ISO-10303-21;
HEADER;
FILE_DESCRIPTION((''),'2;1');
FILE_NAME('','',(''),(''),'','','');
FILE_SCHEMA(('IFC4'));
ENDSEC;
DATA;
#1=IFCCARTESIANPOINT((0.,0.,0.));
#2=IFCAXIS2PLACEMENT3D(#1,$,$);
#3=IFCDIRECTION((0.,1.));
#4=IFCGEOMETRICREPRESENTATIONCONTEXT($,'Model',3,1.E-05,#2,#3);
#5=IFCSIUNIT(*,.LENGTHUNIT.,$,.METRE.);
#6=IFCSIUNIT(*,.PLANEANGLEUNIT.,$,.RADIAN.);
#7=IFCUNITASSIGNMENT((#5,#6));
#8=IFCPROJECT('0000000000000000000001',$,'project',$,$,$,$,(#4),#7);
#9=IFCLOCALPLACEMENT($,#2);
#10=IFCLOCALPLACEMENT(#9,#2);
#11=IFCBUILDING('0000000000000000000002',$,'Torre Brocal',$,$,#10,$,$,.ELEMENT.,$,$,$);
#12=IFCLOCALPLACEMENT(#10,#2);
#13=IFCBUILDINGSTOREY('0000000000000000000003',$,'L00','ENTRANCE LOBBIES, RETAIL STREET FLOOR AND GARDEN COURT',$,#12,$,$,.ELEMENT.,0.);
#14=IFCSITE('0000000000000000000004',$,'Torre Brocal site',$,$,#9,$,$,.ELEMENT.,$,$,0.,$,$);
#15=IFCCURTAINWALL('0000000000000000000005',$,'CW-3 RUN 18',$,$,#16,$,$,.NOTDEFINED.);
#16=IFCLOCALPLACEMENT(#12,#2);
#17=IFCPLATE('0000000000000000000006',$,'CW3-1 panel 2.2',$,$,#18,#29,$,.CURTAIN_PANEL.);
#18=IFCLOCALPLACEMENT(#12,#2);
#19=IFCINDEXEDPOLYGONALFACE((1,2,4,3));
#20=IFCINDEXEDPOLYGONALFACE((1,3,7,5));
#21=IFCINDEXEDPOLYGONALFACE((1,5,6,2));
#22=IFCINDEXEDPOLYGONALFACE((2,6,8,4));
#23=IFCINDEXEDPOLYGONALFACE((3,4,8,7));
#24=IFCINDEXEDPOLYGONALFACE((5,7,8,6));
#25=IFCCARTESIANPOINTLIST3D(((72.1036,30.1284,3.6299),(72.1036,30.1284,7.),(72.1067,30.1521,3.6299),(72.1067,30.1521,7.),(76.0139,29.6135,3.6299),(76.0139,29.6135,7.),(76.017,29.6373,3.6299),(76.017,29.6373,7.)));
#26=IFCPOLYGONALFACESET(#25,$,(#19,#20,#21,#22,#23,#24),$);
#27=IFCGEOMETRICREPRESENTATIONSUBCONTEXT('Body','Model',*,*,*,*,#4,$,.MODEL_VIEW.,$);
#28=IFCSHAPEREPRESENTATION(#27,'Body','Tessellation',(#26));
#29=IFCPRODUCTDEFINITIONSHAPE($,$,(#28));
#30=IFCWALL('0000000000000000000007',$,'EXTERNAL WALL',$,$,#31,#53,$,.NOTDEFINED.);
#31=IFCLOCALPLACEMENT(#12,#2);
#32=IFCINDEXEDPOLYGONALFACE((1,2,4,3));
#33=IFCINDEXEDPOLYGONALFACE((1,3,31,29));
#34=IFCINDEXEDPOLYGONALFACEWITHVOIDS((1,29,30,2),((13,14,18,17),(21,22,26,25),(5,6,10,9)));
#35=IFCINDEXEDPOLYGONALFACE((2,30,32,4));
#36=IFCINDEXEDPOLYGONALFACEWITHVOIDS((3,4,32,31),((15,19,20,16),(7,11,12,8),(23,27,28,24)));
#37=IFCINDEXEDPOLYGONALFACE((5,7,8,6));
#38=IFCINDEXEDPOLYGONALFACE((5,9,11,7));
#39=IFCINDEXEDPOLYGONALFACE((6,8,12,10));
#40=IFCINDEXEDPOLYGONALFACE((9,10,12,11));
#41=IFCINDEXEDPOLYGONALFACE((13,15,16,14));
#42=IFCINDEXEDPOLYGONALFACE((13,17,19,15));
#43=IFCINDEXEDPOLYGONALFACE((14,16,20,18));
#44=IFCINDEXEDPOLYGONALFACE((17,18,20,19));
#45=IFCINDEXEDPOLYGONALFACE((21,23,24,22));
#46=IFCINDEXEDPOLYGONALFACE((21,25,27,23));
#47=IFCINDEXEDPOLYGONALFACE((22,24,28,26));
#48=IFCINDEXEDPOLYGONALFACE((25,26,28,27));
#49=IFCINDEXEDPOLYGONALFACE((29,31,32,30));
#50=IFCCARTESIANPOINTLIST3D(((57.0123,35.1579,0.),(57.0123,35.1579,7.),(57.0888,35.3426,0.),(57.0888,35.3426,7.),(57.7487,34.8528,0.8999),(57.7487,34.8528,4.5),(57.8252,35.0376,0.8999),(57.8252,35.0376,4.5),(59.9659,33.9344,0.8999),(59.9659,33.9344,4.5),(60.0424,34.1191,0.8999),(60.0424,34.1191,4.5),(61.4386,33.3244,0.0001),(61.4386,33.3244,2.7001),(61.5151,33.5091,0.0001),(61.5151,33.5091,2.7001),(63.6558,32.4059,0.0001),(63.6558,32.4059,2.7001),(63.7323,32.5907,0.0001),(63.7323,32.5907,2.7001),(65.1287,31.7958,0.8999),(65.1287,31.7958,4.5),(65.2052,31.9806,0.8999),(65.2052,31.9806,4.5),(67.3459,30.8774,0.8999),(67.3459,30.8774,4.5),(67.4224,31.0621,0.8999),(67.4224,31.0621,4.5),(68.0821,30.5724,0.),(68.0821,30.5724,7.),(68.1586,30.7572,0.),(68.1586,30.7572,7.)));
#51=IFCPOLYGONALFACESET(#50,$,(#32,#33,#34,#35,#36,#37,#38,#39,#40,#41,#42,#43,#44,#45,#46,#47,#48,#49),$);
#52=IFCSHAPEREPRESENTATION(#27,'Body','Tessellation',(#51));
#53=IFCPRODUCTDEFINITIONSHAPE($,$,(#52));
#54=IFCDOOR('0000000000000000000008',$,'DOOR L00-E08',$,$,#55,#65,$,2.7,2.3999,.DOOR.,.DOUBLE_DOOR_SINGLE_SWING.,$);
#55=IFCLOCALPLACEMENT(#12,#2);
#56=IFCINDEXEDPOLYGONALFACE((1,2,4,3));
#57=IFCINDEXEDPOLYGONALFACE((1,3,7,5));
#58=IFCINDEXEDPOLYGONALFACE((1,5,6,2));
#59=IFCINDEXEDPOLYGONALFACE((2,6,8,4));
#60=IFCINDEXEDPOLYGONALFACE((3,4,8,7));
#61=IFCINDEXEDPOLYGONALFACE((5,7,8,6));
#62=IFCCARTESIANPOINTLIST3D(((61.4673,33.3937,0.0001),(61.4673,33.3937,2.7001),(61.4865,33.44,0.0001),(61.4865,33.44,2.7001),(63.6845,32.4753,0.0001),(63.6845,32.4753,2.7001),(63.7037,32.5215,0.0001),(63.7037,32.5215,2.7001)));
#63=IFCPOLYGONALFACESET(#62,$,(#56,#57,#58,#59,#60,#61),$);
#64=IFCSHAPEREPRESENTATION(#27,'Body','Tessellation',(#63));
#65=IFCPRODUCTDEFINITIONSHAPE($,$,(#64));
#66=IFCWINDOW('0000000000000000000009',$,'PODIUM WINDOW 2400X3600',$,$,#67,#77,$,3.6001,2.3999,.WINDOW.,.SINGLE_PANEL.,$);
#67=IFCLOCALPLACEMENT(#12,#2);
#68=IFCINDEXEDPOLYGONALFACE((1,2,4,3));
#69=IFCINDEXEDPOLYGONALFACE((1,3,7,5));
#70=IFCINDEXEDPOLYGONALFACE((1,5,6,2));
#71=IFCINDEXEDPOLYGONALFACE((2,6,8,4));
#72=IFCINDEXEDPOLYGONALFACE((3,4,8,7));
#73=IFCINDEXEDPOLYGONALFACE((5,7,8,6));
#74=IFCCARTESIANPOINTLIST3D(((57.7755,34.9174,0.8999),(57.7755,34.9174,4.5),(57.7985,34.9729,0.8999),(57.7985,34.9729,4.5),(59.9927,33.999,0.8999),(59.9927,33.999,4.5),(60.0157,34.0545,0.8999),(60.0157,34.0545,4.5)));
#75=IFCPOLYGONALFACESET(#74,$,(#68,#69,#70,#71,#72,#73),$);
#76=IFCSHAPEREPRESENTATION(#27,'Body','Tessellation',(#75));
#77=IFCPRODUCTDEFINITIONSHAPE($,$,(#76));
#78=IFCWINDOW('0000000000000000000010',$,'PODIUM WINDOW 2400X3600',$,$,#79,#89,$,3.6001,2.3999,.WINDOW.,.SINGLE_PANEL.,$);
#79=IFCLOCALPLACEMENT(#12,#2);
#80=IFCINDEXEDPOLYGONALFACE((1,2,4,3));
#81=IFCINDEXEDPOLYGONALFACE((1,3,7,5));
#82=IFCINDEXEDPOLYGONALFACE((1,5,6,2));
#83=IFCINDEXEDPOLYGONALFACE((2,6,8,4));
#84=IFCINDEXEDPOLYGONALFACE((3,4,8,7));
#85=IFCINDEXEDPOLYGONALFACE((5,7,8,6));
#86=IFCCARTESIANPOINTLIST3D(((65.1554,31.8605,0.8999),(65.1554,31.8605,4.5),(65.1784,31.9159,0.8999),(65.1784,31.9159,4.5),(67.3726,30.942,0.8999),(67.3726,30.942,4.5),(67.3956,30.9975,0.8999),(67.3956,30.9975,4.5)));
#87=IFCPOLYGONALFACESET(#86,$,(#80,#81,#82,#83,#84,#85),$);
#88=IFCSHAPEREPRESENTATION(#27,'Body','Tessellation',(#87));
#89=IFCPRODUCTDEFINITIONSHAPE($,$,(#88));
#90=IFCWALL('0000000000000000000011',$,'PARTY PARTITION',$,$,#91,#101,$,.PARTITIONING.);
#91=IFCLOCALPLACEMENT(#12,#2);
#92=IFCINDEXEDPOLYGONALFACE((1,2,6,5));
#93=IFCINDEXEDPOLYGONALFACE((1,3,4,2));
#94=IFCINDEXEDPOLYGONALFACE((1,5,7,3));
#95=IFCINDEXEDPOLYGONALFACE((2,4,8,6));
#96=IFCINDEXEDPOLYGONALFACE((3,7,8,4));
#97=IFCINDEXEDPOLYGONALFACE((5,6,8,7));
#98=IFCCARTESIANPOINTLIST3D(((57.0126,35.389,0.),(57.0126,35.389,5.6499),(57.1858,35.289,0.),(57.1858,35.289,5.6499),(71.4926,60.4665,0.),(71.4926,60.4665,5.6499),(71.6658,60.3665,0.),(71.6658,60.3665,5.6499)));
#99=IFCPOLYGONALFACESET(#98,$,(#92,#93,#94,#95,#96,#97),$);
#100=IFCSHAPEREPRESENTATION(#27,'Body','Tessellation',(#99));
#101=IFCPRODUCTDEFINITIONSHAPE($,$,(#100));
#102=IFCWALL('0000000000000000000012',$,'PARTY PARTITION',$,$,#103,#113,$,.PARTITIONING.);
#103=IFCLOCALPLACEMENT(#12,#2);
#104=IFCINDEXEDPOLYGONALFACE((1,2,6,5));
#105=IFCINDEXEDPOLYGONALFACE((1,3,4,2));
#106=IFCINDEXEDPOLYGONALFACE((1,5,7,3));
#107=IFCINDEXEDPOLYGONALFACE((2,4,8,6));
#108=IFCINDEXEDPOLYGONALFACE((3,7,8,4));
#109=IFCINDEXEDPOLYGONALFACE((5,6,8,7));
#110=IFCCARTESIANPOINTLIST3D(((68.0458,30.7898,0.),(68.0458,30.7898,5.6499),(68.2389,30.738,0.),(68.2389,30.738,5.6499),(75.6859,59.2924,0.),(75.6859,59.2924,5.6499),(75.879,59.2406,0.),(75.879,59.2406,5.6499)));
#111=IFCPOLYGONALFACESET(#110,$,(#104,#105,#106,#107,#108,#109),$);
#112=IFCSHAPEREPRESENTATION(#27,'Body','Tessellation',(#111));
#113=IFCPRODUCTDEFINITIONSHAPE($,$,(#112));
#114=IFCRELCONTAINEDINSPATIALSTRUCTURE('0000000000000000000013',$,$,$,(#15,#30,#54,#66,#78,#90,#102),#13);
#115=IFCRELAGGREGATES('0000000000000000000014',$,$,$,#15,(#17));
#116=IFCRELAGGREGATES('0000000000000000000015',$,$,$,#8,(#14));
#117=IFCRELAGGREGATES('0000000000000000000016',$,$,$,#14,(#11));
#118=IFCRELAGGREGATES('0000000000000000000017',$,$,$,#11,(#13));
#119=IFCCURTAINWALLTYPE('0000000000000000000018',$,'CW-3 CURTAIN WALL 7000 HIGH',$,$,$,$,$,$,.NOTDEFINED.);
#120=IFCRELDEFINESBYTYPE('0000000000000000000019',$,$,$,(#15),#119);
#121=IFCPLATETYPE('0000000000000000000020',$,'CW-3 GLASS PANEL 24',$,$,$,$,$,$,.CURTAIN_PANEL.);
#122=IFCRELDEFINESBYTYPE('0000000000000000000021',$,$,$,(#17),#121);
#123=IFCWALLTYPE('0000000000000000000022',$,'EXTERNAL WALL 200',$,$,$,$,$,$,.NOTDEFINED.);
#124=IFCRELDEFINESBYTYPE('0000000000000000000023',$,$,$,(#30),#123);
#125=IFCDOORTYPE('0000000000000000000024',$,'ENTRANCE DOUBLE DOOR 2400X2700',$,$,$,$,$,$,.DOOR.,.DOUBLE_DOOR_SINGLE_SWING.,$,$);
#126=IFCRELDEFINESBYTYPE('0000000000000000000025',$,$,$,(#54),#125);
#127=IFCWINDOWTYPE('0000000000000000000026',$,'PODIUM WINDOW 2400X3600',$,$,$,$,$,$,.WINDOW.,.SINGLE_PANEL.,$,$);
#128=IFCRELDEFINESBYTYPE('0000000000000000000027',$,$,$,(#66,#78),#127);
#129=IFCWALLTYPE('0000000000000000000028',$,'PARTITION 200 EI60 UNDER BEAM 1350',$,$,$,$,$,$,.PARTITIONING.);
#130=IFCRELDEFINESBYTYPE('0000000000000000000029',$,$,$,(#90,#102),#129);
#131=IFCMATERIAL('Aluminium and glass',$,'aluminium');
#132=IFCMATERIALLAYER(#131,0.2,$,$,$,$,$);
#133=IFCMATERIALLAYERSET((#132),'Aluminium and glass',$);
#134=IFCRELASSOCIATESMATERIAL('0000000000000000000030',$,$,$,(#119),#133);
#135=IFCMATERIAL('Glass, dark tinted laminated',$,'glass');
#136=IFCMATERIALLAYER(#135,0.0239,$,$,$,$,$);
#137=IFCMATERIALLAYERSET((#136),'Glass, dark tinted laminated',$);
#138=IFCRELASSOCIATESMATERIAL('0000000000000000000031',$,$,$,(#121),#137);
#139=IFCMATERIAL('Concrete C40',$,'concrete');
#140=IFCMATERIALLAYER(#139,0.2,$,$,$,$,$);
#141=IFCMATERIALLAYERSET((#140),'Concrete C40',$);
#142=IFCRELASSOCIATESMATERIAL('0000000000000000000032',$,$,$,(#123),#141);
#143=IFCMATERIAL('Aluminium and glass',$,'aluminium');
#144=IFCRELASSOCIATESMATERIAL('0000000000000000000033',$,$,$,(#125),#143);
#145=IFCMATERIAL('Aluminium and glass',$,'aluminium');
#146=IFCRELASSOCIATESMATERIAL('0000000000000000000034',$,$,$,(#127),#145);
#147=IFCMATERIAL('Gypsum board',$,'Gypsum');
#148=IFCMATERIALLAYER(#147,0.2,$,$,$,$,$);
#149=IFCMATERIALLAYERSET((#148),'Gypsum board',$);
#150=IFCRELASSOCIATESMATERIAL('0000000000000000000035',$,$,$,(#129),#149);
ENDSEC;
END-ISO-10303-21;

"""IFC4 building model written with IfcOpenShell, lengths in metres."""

from ifc_helpers import new_model, si_unit, direction, frame, frame_2d, origin, origin_2d, place, context, subcontext, project, spatial, rectangle, extrude, material, layer, layer_set, type_object, element, fill, aggregate, save


model = new_model("IFC4")

# Units and contexts
model_context = context("Model", 3, precision=1e-05, world=origin(), true_north=direction((0.0, 1.0)))
body_context = subcontext(model_context, "Body", "Model", "MODEL_VIEW")
ifc_project = project(units=[si_unit("LENGTHUNIT", "METRE"), si_unit("PLANEANGLEUNIT", "RADIAN")], contexts=[model_context])

# Site, building, storey
site_placement = place(None, origin())
site = spatial("IfcSite", under=ifc_project, at=site_placement, Name="Torre Brocal site", CompositionType="ELEMENT", RefElevation=0.0)
building_placement = place(site_placement, origin())
building = spatial("IfcBuilding", under=site, at=building_placement, Name="Torre Brocal", CompositionType="ELEMENT")
storey_placement = place(building_placement, origin())
storey = spatial("IfcBuildingStorey", under=building, at=storey_placement, Name="L00", Description="ENTRANCE LOBBIES, RETAIL STREET FLOOR AND GARDEN COURT", CompositionType="ELEMENT", Elevation=0.0)

# Curtain wall
ifc_material_1 = material(Name="Aluminium and glass", Category="aluminium")
ifc_layer_1 = layer(ifc_material_1, 0.2)
ifc_layer_set_1 = layer_set([ifc_layer_1], Name="Aluminium and glass")
curtain_wall_type = type_object("IfcCurtainWallType", Name="CW-3 CURTAIN WALL 7000 HIGH", PredefinedType="NOTDEFINED", material=ifc_layer_set_1)
curtain_wall_placement = place(storey_placement, origin())
curtain_wall = element("IfcCurtainWall", 1, at=curtain_wall_placement, inside=storey, type_object=curtain_wall_type, Name="CW-3 RUN 18", PredefinedType="NOTDEFINED")

# Plate
ifc_material_2 = material(Name="Glass, dark tinted laminated", Category="glass")
ifc_layer_2 = layer(ifc_material_2, 0.0239)
ifc_layer_set_2 = layer_set([ifc_layer_2], Name="Glass, dark tinted laminated")
plate_type = type_object("IfcPlateType", Name="CW-3 GLASS PANEL 24", PredefinedType="CURTAIN_PANEL", material=ifc_layer_set_2)
plate_1_placement = place(storey_placement, frame((74.0603, 29.8828, 3.6299), z_axis=(0.0, 0.0, 1.0), x_axis=(0.991445, -0.130526, 0.0)))
plate_1 = element("IfcPlate", 2, at=plate_1_placement, type_object=plate_type, Name="CW3-1 panel 2.2", PredefinedType="CURTAIN_PANEL", context=body_context, shape_type="SweptSolid", body=[
    extrude(rectangle(XDim=3.9441, YDim=0.0239, at=origin_2d()), origin(), (0.0, 0.0, 1.0), 3.3701),
])
aggregate(curtain_wall, [plate_1])

# Wall, openings, door, windows
ifc_material_3 = material(Name="Concrete C40", Category="concrete")
ifc_layer_3 = layer(ifc_material_3, 0.2)
ifc_layer_set_3 = layer_set([ifc_layer_3], Name="Concrete C40")
wall_type_1 = type_object("IfcWallType", Name="EXTERNAL WALL 200", PredefinedType="NOTDEFINED", material=ifc_layer_set_3)
wall_1_placement = place(storey_placement, frame((57.0505, 35.2502, 0.0), z_axis=(0.0, 0.0, 1.0), x_axis=(0.923874, -0.382696, 0.0)))
wall_1 = element("IfcWall", 3, at=wall_1_placement, inside=storey, type_object=wall_type_1, Name="EXTERNAL WALL", PredefinedType="NOTDEFINED", context=body_context, shape_type="SweptSolid", body=[
    extrude(rectangle(XDim=11.9819, YDim=0.2, at=frame_2d((5.991, 0.0))), origin(), (0.0, 0.0, 1.0), 7.0),
])
opening_1_placement = place(wall_1_placement, frame((0.7971, 0.0, 0.8999)))
opening_1 = element("IfcOpeningElement", 4, at=opening_1_placement, cuts=wall_1, PredefinedType="OPENING", context=body_context, shape_type="SweptSolid", body=[
    extrude(rectangle(XDim=2.3999, YDim=3.6001, at=frame_2d((1.2, 1.8))), frame((0.0, 0.1099, 0.0), z_axis=(0.0, -1.0, 0.0), x_axis=(1.0, 0.0, 0.0)), (0.0, 0.0, 1.0), 0.22),
])
opening_2_placement = place(wall_1_placement, frame((4.791, 0.0, 0.0)))
opening_2 = element("IfcOpeningElement", 5, at=opening_2_placement, cuts=wall_1, PredefinedType="OPENING", context=body_context, shape_type="SweptSolid", body=[
    extrude(rectangle(XDim=2.3999, YDim=2.7, at=frame_2d((1.2, 1.3501))), frame((0.0, 0.1099, 0.0), z_axis=(0.0, -1.0, 0.0), x_axis=(1.0, 0.0, 0.0)), (0.0, 0.0, 1.0), 0.22),
])
opening_3_placement = place(wall_1_placement, frame((8.7852, 0.0, 0.8999)))
opening_3 = element("IfcOpeningElement", 6, at=opening_3_placement, cuts=wall_1, PredefinedType="OPENING", context=body_context, shape_type="SweptSolid", body=[
    extrude(rectangle(XDim=2.3999, YDim=3.6001, at=frame_2d((1.2, 1.8))), frame((0.0, 0.1099, 0.0), z_axis=(0.0, -1.0, 0.0), x_axis=(1.0, 0.0, 0.0)), (0.0, 0.0, 1.0), 0.22),
])
ifc_material_4 = material(Name="Aluminium and glass", Category="aluminium")
door_type = type_object("IfcDoorType", Name="ENTRANCE DOUBLE DOOR 2400X2700", OperationType="DOUBLE_DOOR_SINGLE_SWING", PredefinedType="DOOR", material=ifc_material_4)
door_placement = place(opening_2_placement, frame((2.3999, 0.0, 0.0), z_axis=(0.0, 0.0, 1.0), x_axis=(-1.0, 0.0, 0.0)))
door = element("IfcDoor", 7, at=door_placement, inside=storey, type_object=door_type, Name="DOOR L00-E08", OperationType="DOUBLE_DOOR_SINGLE_SWING", OverallHeight=2.7, OverallWidth=2.3999, PredefinedType="DOOR", context=body_context, shape_type="SweptSolid", body=[
    extrude(rectangle(XDim=2.3999, YDim=2.7, at=frame_2d((1.2, 1.3501))), frame((0.0, 0.0249, 0.0), z_axis=(0.0, -1.0, 0.0), x_axis=(1.0, 0.0, 0.0)), (0.0, 0.0, 1.0), 0.05),
])
fill(opening_2, door)
ifc_material_5 = material(Name="Aluminium and glass", Category="aluminium")
window_type = type_object("IfcWindowType", Name="PODIUM WINDOW 2400X3600", PartitioningType="SINGLE_PANEL", PredefinedType="WINDOW", material=ifc_material_5)
window_1_placement = place(opening_1_placement, origin())
window_1 = element("IfcWindow", 8, at=window_1_placement, inside=storey, type_object=window_type, Name="PODIUM WINDOW 2400X3600", OverallHeight=3.6001, OverallWidth=2.3999, PartitioningType="SINGLE_PANEL", PredefinedType="WINDOW", context=body_context, shape_type="SweptSolid", body=[
    extrude(rectangle(XDim=2.3999, YDim=3.6001, at=frame_2d((1.2, 1.8))), frame((0.0, 0.03, 0.0), z_axis=(0.0, -1.0, 0.0), x_axis=(1.0, 0.0, 0.0)), (0.0, 0.0, 1.0), 0.0601),
])
fill(opening_1, window_1)
window_2_placement = place(opening_3_placement, origin())
window_2 = element("IfcWindow", 9, at=window_2_placement, inside=storey, type_object=window_type, Name="PODIUM WINDOW 2400X3600", OverallHeight=3.6001, OverallWidth=2.3999, PartitioningType="SINGLE_PANEL", PredefinedType="WINDOW", context=body_context, shape_type="SweptSolid", body=[
    extrude(rectangle(XDim=2.3999, YDim=3.6001, at=frame_2d((1.2, 1.8))), frame((0.0, 0.03, 0.0), z_axis=(0.0, -1.0, 0.0), x_axis=(1.0, 0.0, 0.0)), (0.0, 0.0, 1.0), 0.0601),
])
fill(opening_3, window_2)

# Walls
ifc_material_6 = material(Name="Gypsum board", Category="Gypsum")
ifc_layer_4 = layer(ifc_material_6, 0.2)
ifc_layer_set_4 = layer_set([ifc_layer_4], Name="Gypsum board")
wall_type_2 = type_object("IfcWallType", Name="PARTITION 200 EI60 UNDER BEAM 1350", PredefinedType="PARTITIONING", material=ifc_layer_set_4)
wall_2_placement = place(storey_placement, frame((57.0991, 35.3389, 0.0), z_axis=(0.0, 0.0, 1.0), x_axis=(0.50004, 0.866002, 0.0)))
element("IfcWall", 10, at=wall_2_placement, inside=storey, type_object=wall_type_2, Name="PARTY PARTITION", PredefinedType="PARTITIONING", context=body_context, shape_type="SweptSolid", body=[
    extrude(rectangle(XDim=28.9578, YDim=0.2, at=frame_2d((14.479, 0.0))), origin(), (0.0, 0.0, 1.0), 5.6499),
])
wall_3_placement = place(storey_placement, frame((68.1423, 30.7639, 0.0), z_axis=(0.0, 0.0, 1.0), x_axis=(0.25891, 0.965902, 0.0)))
element("IfcWall", 11, at=wall_3_placement, inside=storey, type_object=wall_type_2, Name="PARTY PARTITION", PredefinedType="PARTITIONING", context=body_context, shape_type="SweptSolid", body=[
    extrude(rectangle(XDim=29.5088, YDim=0.2, at=frame_2d((14.7544, 0.0))), origin(), (0.0, 0.0, 1.0), 5.6499),
])

save(model, "model.ifc")
